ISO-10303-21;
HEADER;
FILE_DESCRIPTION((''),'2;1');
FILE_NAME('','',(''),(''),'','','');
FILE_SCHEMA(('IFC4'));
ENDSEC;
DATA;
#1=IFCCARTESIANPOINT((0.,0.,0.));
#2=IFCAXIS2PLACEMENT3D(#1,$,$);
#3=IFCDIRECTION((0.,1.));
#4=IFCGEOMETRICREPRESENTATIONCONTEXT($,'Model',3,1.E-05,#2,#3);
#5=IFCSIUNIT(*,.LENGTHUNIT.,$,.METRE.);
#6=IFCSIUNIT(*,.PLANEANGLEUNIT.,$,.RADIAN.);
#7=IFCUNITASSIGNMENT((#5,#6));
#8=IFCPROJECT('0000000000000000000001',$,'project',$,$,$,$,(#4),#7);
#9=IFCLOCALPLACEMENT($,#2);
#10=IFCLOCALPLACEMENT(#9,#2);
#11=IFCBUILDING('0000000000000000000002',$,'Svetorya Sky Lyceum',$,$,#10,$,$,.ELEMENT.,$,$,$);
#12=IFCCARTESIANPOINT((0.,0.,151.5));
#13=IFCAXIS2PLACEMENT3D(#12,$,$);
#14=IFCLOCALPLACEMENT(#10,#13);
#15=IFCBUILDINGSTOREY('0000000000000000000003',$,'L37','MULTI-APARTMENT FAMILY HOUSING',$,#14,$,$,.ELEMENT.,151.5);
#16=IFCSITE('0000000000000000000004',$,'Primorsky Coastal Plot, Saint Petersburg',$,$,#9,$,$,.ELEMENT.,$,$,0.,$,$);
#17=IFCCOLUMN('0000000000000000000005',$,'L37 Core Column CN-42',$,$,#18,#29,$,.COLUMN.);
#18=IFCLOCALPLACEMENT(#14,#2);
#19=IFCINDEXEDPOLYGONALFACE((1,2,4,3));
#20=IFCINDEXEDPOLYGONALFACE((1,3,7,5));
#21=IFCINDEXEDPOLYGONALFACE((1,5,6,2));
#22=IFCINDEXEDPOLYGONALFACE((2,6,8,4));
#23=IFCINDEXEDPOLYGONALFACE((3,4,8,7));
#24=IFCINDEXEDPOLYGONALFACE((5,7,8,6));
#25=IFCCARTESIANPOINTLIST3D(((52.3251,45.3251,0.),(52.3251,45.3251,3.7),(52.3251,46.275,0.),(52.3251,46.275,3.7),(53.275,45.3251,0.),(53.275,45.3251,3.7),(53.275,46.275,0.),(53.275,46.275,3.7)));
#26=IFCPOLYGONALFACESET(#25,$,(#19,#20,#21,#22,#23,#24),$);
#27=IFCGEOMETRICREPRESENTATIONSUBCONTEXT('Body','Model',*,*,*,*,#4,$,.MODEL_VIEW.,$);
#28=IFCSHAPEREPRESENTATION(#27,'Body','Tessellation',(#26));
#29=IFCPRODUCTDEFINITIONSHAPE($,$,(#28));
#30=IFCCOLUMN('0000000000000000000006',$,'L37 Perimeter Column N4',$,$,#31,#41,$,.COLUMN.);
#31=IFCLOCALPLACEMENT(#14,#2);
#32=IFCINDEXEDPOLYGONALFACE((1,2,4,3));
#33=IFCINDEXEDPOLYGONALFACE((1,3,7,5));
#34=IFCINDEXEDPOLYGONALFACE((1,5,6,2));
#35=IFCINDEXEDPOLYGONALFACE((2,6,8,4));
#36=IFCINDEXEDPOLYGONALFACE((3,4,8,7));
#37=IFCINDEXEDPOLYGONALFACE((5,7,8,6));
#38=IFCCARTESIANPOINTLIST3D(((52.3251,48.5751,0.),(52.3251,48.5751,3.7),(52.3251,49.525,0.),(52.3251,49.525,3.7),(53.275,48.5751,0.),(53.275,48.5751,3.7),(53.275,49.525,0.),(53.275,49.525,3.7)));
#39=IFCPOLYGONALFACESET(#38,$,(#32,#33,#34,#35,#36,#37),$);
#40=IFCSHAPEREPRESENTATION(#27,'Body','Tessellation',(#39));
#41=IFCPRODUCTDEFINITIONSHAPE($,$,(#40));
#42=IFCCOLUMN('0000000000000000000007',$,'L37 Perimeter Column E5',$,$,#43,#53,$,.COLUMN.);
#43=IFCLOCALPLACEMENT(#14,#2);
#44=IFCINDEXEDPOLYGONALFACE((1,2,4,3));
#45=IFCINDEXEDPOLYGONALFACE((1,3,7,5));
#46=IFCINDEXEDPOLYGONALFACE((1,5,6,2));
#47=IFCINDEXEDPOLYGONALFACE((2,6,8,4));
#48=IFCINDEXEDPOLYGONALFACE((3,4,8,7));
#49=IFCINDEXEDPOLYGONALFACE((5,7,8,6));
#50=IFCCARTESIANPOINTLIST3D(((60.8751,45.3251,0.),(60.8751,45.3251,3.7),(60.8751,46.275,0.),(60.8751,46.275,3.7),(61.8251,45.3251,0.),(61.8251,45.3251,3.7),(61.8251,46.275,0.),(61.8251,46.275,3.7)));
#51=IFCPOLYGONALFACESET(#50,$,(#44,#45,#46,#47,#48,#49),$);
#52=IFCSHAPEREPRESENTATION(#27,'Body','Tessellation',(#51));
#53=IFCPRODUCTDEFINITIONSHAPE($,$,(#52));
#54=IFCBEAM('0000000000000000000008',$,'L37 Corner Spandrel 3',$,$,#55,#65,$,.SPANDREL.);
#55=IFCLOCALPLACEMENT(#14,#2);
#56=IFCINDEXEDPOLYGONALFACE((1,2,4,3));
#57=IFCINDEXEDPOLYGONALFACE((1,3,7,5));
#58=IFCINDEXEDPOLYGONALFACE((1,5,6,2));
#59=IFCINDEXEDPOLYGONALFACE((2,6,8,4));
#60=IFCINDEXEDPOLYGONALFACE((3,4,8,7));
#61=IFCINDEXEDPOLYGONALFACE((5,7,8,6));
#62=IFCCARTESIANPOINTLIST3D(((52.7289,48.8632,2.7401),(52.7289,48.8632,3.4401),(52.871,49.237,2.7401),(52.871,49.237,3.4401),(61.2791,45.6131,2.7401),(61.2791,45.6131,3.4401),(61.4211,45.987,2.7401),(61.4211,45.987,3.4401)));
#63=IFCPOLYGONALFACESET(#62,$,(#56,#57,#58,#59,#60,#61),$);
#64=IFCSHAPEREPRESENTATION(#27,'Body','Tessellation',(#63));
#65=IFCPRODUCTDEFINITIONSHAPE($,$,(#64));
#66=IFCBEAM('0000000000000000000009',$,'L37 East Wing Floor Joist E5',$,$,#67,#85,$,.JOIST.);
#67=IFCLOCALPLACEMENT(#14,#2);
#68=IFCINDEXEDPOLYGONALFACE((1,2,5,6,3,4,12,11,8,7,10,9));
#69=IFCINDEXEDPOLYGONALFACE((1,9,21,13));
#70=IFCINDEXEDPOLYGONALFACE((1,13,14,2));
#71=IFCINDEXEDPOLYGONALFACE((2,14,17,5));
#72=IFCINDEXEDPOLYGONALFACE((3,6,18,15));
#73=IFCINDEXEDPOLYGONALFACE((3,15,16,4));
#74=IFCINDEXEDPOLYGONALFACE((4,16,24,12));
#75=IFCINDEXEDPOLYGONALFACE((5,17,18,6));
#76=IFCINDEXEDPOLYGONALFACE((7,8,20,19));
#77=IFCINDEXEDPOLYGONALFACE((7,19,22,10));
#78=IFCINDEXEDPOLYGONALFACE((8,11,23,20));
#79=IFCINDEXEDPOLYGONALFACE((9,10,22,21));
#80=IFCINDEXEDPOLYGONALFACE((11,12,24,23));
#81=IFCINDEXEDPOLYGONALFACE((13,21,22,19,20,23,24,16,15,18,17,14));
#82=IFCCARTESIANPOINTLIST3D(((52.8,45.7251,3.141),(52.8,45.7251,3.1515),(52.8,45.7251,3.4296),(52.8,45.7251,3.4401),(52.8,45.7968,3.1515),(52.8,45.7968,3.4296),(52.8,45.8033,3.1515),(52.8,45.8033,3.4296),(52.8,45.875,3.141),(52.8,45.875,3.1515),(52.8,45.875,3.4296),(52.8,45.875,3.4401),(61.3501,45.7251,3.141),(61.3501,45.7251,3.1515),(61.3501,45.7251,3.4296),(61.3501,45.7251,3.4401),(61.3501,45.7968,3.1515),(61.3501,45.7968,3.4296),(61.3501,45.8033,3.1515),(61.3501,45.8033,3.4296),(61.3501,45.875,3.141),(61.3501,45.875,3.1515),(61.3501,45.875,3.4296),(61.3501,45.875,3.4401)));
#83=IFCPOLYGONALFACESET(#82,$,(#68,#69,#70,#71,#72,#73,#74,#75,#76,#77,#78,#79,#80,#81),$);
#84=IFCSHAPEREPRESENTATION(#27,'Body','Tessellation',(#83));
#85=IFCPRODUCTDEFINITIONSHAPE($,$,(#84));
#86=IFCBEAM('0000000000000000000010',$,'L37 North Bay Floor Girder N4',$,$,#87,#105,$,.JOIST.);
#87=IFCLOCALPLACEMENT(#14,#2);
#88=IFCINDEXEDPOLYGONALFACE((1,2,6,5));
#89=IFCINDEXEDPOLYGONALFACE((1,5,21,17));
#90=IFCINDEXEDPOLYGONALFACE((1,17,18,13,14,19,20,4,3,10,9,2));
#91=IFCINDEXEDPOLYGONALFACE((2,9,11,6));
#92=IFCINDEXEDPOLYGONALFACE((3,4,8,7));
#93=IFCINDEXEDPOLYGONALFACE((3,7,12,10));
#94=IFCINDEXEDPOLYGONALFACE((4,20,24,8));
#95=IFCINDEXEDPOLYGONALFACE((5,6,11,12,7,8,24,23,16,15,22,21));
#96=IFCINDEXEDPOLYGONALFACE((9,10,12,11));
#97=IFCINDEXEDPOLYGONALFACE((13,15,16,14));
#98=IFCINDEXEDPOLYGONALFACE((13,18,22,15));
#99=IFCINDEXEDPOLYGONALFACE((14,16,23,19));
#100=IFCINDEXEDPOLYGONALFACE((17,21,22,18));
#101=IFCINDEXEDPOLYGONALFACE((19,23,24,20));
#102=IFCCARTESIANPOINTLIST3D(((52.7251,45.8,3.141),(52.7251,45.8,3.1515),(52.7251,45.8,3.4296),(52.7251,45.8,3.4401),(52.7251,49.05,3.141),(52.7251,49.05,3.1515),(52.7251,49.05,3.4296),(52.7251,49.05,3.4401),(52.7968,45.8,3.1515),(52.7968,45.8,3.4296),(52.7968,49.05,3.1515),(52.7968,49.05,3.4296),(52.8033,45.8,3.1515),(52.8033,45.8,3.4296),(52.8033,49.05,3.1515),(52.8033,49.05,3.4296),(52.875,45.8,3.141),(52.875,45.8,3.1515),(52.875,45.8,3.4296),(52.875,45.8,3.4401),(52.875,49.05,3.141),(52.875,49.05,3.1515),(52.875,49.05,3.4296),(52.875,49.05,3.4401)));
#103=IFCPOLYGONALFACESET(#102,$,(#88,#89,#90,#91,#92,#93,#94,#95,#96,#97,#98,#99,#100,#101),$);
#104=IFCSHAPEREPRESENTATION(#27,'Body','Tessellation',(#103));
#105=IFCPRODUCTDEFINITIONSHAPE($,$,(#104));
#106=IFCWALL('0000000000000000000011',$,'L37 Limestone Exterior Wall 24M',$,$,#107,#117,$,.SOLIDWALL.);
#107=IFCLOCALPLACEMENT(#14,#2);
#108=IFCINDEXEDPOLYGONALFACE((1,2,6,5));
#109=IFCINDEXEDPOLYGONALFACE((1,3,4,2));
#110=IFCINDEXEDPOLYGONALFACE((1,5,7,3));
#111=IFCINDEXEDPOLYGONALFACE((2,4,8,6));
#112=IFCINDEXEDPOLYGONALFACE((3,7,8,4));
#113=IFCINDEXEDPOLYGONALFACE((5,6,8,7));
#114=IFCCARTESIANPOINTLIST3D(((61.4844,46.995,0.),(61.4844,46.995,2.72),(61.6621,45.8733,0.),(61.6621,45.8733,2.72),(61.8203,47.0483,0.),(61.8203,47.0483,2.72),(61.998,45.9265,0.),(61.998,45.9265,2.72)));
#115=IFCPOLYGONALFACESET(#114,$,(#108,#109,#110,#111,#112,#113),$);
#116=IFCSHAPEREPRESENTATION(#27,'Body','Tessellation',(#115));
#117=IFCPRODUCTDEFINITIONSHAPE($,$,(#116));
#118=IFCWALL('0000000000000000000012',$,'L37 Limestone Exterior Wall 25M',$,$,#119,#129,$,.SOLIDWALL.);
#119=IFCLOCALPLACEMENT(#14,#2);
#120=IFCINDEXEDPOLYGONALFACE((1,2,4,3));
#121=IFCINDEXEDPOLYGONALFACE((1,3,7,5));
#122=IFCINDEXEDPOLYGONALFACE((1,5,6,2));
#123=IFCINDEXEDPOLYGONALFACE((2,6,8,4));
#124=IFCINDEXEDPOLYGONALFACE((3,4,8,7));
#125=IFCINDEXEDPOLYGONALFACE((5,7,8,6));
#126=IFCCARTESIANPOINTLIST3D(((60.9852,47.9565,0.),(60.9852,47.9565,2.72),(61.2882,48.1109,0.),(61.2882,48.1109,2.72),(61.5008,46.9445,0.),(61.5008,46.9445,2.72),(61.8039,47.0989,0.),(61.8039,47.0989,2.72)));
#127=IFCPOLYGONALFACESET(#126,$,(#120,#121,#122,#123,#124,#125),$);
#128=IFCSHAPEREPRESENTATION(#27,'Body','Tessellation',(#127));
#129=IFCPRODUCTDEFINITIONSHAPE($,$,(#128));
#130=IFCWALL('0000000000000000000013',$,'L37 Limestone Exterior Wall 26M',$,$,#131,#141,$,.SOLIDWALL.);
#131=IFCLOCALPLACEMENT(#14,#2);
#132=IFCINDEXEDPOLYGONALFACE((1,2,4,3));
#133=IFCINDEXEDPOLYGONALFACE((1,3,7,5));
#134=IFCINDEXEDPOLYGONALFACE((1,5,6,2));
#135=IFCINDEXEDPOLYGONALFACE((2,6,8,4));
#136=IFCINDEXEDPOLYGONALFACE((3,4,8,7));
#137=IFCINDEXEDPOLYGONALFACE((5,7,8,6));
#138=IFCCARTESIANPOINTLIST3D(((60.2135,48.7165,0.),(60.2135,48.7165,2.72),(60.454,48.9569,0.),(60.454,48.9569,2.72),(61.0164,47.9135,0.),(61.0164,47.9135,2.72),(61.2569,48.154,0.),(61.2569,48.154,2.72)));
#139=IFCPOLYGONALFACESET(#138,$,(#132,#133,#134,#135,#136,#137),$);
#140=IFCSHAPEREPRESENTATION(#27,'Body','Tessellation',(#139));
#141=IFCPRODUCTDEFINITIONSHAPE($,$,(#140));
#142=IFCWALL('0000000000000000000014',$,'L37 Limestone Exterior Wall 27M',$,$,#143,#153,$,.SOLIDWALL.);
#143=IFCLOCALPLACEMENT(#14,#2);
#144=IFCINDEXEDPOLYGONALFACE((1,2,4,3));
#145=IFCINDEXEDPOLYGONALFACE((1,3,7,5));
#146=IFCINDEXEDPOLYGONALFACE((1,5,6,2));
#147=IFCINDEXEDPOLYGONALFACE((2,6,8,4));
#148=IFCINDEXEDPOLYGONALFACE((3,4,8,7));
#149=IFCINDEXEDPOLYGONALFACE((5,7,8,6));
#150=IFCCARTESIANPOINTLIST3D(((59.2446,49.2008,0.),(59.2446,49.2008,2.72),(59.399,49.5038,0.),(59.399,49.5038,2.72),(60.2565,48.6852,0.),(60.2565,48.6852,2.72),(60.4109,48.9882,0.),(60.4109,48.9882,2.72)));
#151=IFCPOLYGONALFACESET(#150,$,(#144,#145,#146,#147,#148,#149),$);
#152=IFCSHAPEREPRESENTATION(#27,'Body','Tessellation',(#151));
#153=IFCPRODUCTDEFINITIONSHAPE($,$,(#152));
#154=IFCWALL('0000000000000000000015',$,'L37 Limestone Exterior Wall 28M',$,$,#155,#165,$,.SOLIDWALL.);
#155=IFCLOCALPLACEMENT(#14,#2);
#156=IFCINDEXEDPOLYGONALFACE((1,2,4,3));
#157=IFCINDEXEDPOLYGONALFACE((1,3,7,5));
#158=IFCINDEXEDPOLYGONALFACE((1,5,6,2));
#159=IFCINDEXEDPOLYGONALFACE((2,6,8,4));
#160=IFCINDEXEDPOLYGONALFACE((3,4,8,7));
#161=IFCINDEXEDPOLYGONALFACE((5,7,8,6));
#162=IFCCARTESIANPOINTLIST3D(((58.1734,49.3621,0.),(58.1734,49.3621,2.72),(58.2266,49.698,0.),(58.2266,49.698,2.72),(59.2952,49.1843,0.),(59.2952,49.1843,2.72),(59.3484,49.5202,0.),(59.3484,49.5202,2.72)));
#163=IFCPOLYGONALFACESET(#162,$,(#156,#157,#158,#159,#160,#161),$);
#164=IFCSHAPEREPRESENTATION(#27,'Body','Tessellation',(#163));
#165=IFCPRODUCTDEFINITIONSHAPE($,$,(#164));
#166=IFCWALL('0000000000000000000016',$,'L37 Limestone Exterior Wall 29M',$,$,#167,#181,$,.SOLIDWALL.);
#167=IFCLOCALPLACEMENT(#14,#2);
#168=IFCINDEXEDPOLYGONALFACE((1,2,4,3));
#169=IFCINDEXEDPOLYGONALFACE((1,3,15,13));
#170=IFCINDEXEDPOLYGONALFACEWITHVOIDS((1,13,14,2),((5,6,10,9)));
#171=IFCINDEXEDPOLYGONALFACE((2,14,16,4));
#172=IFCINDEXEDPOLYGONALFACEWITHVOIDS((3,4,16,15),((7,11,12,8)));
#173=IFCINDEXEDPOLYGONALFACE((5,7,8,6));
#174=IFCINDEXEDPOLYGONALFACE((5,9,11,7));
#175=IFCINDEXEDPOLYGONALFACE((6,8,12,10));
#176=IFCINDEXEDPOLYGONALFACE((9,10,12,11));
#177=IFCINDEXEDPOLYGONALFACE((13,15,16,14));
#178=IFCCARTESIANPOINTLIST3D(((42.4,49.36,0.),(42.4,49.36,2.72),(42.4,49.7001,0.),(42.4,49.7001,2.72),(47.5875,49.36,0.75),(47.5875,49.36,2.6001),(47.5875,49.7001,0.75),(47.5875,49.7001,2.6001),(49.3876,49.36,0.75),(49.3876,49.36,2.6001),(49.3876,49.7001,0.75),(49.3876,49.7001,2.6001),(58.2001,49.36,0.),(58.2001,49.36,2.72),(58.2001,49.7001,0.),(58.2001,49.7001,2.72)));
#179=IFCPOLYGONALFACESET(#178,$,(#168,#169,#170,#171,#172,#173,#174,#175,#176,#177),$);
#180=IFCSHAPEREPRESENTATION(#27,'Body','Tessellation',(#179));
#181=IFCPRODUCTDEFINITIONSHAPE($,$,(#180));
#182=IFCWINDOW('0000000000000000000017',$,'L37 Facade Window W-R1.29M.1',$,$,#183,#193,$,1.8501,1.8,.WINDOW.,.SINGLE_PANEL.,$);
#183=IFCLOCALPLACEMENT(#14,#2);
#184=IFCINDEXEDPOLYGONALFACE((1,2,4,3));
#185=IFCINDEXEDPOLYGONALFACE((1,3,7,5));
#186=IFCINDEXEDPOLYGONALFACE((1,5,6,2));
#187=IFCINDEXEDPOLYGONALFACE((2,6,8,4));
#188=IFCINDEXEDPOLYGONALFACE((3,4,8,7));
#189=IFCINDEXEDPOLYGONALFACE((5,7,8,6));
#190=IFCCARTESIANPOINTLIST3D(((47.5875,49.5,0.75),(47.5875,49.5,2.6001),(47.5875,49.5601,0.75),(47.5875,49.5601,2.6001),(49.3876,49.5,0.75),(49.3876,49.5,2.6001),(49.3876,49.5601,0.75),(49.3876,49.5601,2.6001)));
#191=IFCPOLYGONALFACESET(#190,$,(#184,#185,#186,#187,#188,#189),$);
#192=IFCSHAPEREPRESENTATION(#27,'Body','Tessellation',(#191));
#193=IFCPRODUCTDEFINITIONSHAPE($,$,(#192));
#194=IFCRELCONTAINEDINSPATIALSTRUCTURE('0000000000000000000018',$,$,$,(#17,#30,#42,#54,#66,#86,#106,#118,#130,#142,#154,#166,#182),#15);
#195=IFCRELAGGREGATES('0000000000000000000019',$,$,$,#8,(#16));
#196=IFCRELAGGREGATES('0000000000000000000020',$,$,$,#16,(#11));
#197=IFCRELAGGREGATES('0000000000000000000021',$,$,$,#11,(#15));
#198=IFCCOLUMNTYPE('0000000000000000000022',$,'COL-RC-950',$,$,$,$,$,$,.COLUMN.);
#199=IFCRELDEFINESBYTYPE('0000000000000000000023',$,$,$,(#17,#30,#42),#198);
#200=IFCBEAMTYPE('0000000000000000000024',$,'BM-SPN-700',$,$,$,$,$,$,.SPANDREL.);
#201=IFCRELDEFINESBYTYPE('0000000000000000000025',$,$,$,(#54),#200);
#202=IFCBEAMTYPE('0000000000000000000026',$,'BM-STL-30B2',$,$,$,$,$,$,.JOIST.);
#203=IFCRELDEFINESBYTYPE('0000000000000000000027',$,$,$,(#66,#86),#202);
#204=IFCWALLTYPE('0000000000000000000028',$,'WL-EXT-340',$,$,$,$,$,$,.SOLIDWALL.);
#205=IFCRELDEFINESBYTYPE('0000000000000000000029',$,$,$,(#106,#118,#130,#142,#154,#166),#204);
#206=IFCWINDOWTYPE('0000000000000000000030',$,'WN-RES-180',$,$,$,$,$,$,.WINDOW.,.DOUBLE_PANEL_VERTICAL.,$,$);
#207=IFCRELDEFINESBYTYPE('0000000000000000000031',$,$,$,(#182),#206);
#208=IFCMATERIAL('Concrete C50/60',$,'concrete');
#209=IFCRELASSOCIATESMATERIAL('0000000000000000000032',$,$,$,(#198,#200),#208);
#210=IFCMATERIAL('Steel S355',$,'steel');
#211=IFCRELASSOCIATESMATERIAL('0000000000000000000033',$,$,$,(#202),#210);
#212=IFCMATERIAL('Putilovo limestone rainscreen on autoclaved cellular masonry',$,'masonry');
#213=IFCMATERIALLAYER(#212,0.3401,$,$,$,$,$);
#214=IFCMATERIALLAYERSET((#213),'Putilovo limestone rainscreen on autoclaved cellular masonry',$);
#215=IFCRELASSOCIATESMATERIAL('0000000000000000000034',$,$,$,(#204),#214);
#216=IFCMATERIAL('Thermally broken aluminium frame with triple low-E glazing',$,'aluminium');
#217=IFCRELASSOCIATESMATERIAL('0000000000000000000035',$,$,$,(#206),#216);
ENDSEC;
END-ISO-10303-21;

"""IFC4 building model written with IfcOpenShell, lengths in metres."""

from ifc_helpers import new_model, si_unit, direction, frame, frame_2d, origin, origin_2d, place, context, subcontext, project, spatial, rectangle, i_section, extrude, material, layer, layer_set, material_profile, profile_set, type_object, element, fill, save


model = new_model("IFC4")

# Units and contexts
model_context = context("Model", 3, precision=1e-05, world=origin(), true_north=direction((0.0, 1.0)))
body_context = subcontext(model_context, "Body", "Model", "MODEL_VIEW")
ifc_project = project(units=[si_unit("LENGTHUNIT", "METRE"), si_unit("PLANEANGLEUNIT", "RADIAN")], contexts=[model_context])

# Site, building, storey
site_placement = place(None, origin())
site = spatial("IfcSite", under=ifc_project, at=site_placement, Name="Primorsky Coastal Plot, Saint Petersburg", CompositionType="ELEMENT", RefElevation=0.0)
building_placement = place(site_placement, origin())
building = spatial("IfcBuilding", under=site, at=building_placement, Name="Svetorya Sky Lyceum", CompositionType="ELEMENT")
storey_placement = place(building_placement, frame((0.0, 0.0, 151.5)))
storey = spatial("IfcBuildingStorey", under=building, at=storey_placement, Name="L37", Description="MULTI-APARTMENT FAMILY HOUSING", CompositionType="ELEMENT", Elevation=151.5)

# Columns
ifc_material_1 = material(Name="Concrete C50/60", Category="concrete")
ifc_material_profile_1 = material_profile(ifc_material_1, rectangle(XDim=0.95, YDim=0.95, at=origin_2d()), Name="RC COL 950x950")
ifc_profile_set_1 = profile_set([ifc_material_profile_1], Name="Concrete C50/60")
column_type = type_object("IfcColumnType", Name="COL-RC-950", PredefinedType="COLUMN", material=ifc_profile_set_1)
for number, where, z_axis, x_axis, name in (
    (1, (52.8, 45.8, 0.0), (0.0, 0.0, 1.0), (1.0, 0.0, 0.0), "L37 Core Column CN-42"),
    (2, (52.8, 49.05, 0.0), (0.0, 0.0, 1.0), (1.0, 0.0, 0.0), "L37 Perimeter Column N4"),
    (3, (61.3501, 45.8, 0.0), (0.0, 0.0, 1.0), (1.0, 0.0, 0.0), "L37 Perimeter Column E5"),
):
    element("IfcColumn", number, at=place(storey_placement, frame(where, z_axis=z_axis, x_axis=x_axis)), inside=storey, type_object=column_type, Name=name, PredefinedType="COLUMN", context=body_context, shape_type="SweptSolid", body=[
        extrude(rectangle(XDim=0.95, YDim=0.95, at=origin_2d()), origin(), (0.0, 0.0, 1.0), 3.7),
    ])

# Beams
ifc_material_profile_2 = material_profile(ifc_material_1, rectangle(XDim=0.3999, YDim=0.7, at=origin_2d()), Name="RC SPANDREL 400x700")
ifc_profile_set_2 = profile_set([ifc_material_profile_2], Name="Concrete C50/60")
beam_type_1 = type_object("IfcBeamType", Name="BM-SPN-700", PredefinedType="SPANDREL", material=ifc_profile_set_2)
beam_1_placement = place(storey_placement, frame((61.3501, 45.8, 3.0901), z_axis=(-0.934748, 0.355312, 0.0), x_axis=(-0.355312, -0.934748, 0.0)))
element("IfcBeam", 4, at=beam_1_placement, inside=storey, type_object=beam_type_1, Name="L37 Corner Spandrel 3", PredefinedType="SPANDREL", context=body_context, shape_type="SweptSolid", body=[
    extrude(rectangle(XDim=0.3999, YDim=0.7, at=origin_2d()), origin(), (0.0, 0.0, 1.0), 9.147),
])
ifc_material_2 = material(Name="Steel S355", Category="steel")
ifc_material_profile_3 = material_profile(ifc_material_2, i_section(OverallWidth=0.1499, OverallDepth=0.2991, WebThickness=0.0066, FlangeThickness=0.0105, at=origin_2d()), Name="GOST 30B2")
ifc_profile_set_3 = profile_set([ifc_material_profile_3], Name="Steel S355")
beam_type_2 = type_object("IfcBeamType", Name="BM-STL-30B2", PredefinedType="JOIST", material=ifc_profile_set_3)
beam_2_placement = place(storey_placement, frame((52.8, 45.8, 3.2905), z_axis=(1.0, 0.0, 0.0), x_axis=(0.0, 1.0, 0.0)))
element("IfcBeam", 5, at=beam_2_placement, inside=storey, type_object=beam_type_2, Name="L37 East Wing Floor Joist E5", PredefinedType="JOIST", context=body_context, shape_type="SweptSolid", body=[
    extrude(i_section(OverallWidth=0.1499, OverallDepth=0.2991, WebThickness=0.0066, FlangeThickness=0.0105, at=origin_2d()), origin(), (0.0, 0.0, 1.0), 8.55),
])
beam_3_placement = place(storey_placement, frame((52.8, 45.8, 3.2905), z_axis=(0.0, 1.0, 0.0), x_axis=(-1.0, 0.0, 0.0)))
element("IfcBeam", 6, at=beam_3_placement, inside=storey, type_object=beam_type_2, Name="L37 North Bay Floor Girder N4", PredefinedType="JOIST", context=body_context, shape_type="SweptSolid", body=[
    extrude(i_section(OverallWidth=0.1499, OverallDepth=0.2991, WebThickness=0.0066, FlangeThickness=0.0105, at=origin_2d()), origin(), (0.0, 0.0, 1.0), 3.25),
])

# Walls
ifc_material_3 = material(Name="Putilovo limestone rainscreen on autoclaved cellular masonry", Category="masonry")
ifc_layer_1 = layer(ifc_material_3, 0.3401)
ifc_layer_set_1 = layer_set([ifc_layer_1], Name="Putilovo limestone rainscreen on autoclaved cellular masonry")
wall_type_1 = type_object("IfcWallType", Name="WL-EXT-340", PredefinedType="SOLIDWALL", material=ifc_layer_set_1)
for number, where, z_axis, x_axis, name in (
    (7, (61.8301, 45.8999, 0.0), (0.0, 0.0, 1.0), (-0.156481, 0.987681, 0.0), "L37 Limestone Exterior Wall 24M"),
    (8, (61.6523, 47.0217, 0.0), (0.0, 0.0, 1.0), (-0.453993, 0.891005, 0.0), "L37 Limestone Exterior Wall 25M"),
):
    element("IfcWall", number, at=place(storey_placement, frame(where, z_axis=z_axis, x_axis=x_axis)), inside=storey, type_object=wall_type_1, Name=name, PredefinedType="SOLIDWALL", context=body_context, shape_type="SweptSolid", body=[
        extrude(rectangle(XDim=1.1357, YDim=0.3401, at=frame_2d((0.5679, 0.0))), origin(), (0.0, 0.0, 1.0), 2.72),
    ])
wall_1_placement = place(storey_placement, frame((61.1367, 48.0337, 0.0), z_axis=(0.0, 0.0, 1.0), x_axis=(-0.707107, 0.707107, 0.0)))
element("IfcWall", 9, at=wall_1_placement, inside=storey, type_object=wall_type_1, Name="L37 Limestone Exterior Wall 26M", PredefinedType="SOLIDWALL", context=body_context, shape_type="SweptSolid", body=[
    extrude(rectangle(XDim=1.1355, YDim=0.3401, at=frame_2d((0.5679, 0.0))), origin(), (0.0, 0.0, 1.0), 2.72),
])
for number, where, z_axis, x_axis, name in (
    (10, (60.3337, 48.8367, 0.0), (0.0, 0.0, 1.0), (-0.891005, 0.453993, 0.0), "L37 Limestone Exterior Wall 27M"),
    (11, (59.3218, 49.3523, 0.0), (0.0, 0.0, 1.0), (-0.987681, 0.156481, 0.0), "L37 Limestone Exterior Wall 28M"),
):
    element("IfcWall", number, at=place(storey_placement, frame(where, z_axis=z_axis, x_axis=x_axis)), inside=storey, type_object=wall_type_1, Name=name, PredefinedType="SOLIDWALL", context=body_context, shape_type="SweptSolid", body=[
        extrude(rectangle(XDim=1.1357, YDim=0.3401, at=frame_2d((0.5679, 0.0))), origin(), (0.0, 0.0, 1.0), 2.72),
    ])

# Wall, opening, window
wall_2_placement = place(storey_placement, frame((58.2, 49.53, 0.0), z_axis=(0.0, 0.0, 1.0), x_axis=(-1.0, 0.0, 0.0)))
wall_2 = element("IfcWall", 12, at=wall_2_placement, inside=storey, type_object=wall_type_1, Name="L37 Limestone Exterior Wall 29M", PredefinedType="SOLIDWALL", context=body_context, shape_type="SweptSolid", body=[
    extrude(rectangle(XDim=15.8, YDim=0.3401, at=frame_2d((7.8999, 0.0))), origin(), (0.0, 0.0, 1.0), 2.72),
])
opening_1_placement = place(wall_2_placement, frame((8.8125, 0.0, 0.75)))
opening_1 = element("IfcOpeningElement", 13, at=opening_1_placement, cuts=wall_2, PredefinedType="OPENING", context=body_context, shape_type="SweptSolid", body=[
    extrude(rectangle(XDim=1.8, YDim=1.8501, at=frame_2d((0.8999, 0.925))), frame((0.0, 0.1799, 0.0), z_axis=(0.0, -1.0, 0.0), x_axis=(1.0, 0.0, 0.0)), (0.0, 0.0, 1.0), 0.3601),
])
ifc_material_4 = material(Name="Thermally broken aluminium frame with triple low-E glazing", Category="aluminium")
window_type = type_object("IfcWindowType", Name="WN-RES-180", PartitioningType="DOUBLE_PANEL_VERTICAL", PredefinedType="WINDOW", material=ifc_material_4)
window_placement = place(opening_1_placement, origin())
window = element("IfcWindow", 14, at=window_placement, inside=storey, type_object=window_type, Name="L37 Facade Window W-R1.29M.1", OverallHeight=1.8501, OverallWidth=1.8, PartitioningType="SINGLE_PANEL", PredefinedType="WINDOW", context=body_context, shape_type="SweptSolid", body=[
    extrude(rectangle(XDim=1.8, YDim=1.8501, at=frame_2d((0.8999, 0.925))), frame((0.0, 0.03, 0.0), z_axis=(0.0, -1.0, 0.0), x_axis=(1.0, 0.0, 0.0)), (0.0, 0.0, 1.0), 0.0601),
])
fill(opening_1, window)

save(model, "model.ifc")
